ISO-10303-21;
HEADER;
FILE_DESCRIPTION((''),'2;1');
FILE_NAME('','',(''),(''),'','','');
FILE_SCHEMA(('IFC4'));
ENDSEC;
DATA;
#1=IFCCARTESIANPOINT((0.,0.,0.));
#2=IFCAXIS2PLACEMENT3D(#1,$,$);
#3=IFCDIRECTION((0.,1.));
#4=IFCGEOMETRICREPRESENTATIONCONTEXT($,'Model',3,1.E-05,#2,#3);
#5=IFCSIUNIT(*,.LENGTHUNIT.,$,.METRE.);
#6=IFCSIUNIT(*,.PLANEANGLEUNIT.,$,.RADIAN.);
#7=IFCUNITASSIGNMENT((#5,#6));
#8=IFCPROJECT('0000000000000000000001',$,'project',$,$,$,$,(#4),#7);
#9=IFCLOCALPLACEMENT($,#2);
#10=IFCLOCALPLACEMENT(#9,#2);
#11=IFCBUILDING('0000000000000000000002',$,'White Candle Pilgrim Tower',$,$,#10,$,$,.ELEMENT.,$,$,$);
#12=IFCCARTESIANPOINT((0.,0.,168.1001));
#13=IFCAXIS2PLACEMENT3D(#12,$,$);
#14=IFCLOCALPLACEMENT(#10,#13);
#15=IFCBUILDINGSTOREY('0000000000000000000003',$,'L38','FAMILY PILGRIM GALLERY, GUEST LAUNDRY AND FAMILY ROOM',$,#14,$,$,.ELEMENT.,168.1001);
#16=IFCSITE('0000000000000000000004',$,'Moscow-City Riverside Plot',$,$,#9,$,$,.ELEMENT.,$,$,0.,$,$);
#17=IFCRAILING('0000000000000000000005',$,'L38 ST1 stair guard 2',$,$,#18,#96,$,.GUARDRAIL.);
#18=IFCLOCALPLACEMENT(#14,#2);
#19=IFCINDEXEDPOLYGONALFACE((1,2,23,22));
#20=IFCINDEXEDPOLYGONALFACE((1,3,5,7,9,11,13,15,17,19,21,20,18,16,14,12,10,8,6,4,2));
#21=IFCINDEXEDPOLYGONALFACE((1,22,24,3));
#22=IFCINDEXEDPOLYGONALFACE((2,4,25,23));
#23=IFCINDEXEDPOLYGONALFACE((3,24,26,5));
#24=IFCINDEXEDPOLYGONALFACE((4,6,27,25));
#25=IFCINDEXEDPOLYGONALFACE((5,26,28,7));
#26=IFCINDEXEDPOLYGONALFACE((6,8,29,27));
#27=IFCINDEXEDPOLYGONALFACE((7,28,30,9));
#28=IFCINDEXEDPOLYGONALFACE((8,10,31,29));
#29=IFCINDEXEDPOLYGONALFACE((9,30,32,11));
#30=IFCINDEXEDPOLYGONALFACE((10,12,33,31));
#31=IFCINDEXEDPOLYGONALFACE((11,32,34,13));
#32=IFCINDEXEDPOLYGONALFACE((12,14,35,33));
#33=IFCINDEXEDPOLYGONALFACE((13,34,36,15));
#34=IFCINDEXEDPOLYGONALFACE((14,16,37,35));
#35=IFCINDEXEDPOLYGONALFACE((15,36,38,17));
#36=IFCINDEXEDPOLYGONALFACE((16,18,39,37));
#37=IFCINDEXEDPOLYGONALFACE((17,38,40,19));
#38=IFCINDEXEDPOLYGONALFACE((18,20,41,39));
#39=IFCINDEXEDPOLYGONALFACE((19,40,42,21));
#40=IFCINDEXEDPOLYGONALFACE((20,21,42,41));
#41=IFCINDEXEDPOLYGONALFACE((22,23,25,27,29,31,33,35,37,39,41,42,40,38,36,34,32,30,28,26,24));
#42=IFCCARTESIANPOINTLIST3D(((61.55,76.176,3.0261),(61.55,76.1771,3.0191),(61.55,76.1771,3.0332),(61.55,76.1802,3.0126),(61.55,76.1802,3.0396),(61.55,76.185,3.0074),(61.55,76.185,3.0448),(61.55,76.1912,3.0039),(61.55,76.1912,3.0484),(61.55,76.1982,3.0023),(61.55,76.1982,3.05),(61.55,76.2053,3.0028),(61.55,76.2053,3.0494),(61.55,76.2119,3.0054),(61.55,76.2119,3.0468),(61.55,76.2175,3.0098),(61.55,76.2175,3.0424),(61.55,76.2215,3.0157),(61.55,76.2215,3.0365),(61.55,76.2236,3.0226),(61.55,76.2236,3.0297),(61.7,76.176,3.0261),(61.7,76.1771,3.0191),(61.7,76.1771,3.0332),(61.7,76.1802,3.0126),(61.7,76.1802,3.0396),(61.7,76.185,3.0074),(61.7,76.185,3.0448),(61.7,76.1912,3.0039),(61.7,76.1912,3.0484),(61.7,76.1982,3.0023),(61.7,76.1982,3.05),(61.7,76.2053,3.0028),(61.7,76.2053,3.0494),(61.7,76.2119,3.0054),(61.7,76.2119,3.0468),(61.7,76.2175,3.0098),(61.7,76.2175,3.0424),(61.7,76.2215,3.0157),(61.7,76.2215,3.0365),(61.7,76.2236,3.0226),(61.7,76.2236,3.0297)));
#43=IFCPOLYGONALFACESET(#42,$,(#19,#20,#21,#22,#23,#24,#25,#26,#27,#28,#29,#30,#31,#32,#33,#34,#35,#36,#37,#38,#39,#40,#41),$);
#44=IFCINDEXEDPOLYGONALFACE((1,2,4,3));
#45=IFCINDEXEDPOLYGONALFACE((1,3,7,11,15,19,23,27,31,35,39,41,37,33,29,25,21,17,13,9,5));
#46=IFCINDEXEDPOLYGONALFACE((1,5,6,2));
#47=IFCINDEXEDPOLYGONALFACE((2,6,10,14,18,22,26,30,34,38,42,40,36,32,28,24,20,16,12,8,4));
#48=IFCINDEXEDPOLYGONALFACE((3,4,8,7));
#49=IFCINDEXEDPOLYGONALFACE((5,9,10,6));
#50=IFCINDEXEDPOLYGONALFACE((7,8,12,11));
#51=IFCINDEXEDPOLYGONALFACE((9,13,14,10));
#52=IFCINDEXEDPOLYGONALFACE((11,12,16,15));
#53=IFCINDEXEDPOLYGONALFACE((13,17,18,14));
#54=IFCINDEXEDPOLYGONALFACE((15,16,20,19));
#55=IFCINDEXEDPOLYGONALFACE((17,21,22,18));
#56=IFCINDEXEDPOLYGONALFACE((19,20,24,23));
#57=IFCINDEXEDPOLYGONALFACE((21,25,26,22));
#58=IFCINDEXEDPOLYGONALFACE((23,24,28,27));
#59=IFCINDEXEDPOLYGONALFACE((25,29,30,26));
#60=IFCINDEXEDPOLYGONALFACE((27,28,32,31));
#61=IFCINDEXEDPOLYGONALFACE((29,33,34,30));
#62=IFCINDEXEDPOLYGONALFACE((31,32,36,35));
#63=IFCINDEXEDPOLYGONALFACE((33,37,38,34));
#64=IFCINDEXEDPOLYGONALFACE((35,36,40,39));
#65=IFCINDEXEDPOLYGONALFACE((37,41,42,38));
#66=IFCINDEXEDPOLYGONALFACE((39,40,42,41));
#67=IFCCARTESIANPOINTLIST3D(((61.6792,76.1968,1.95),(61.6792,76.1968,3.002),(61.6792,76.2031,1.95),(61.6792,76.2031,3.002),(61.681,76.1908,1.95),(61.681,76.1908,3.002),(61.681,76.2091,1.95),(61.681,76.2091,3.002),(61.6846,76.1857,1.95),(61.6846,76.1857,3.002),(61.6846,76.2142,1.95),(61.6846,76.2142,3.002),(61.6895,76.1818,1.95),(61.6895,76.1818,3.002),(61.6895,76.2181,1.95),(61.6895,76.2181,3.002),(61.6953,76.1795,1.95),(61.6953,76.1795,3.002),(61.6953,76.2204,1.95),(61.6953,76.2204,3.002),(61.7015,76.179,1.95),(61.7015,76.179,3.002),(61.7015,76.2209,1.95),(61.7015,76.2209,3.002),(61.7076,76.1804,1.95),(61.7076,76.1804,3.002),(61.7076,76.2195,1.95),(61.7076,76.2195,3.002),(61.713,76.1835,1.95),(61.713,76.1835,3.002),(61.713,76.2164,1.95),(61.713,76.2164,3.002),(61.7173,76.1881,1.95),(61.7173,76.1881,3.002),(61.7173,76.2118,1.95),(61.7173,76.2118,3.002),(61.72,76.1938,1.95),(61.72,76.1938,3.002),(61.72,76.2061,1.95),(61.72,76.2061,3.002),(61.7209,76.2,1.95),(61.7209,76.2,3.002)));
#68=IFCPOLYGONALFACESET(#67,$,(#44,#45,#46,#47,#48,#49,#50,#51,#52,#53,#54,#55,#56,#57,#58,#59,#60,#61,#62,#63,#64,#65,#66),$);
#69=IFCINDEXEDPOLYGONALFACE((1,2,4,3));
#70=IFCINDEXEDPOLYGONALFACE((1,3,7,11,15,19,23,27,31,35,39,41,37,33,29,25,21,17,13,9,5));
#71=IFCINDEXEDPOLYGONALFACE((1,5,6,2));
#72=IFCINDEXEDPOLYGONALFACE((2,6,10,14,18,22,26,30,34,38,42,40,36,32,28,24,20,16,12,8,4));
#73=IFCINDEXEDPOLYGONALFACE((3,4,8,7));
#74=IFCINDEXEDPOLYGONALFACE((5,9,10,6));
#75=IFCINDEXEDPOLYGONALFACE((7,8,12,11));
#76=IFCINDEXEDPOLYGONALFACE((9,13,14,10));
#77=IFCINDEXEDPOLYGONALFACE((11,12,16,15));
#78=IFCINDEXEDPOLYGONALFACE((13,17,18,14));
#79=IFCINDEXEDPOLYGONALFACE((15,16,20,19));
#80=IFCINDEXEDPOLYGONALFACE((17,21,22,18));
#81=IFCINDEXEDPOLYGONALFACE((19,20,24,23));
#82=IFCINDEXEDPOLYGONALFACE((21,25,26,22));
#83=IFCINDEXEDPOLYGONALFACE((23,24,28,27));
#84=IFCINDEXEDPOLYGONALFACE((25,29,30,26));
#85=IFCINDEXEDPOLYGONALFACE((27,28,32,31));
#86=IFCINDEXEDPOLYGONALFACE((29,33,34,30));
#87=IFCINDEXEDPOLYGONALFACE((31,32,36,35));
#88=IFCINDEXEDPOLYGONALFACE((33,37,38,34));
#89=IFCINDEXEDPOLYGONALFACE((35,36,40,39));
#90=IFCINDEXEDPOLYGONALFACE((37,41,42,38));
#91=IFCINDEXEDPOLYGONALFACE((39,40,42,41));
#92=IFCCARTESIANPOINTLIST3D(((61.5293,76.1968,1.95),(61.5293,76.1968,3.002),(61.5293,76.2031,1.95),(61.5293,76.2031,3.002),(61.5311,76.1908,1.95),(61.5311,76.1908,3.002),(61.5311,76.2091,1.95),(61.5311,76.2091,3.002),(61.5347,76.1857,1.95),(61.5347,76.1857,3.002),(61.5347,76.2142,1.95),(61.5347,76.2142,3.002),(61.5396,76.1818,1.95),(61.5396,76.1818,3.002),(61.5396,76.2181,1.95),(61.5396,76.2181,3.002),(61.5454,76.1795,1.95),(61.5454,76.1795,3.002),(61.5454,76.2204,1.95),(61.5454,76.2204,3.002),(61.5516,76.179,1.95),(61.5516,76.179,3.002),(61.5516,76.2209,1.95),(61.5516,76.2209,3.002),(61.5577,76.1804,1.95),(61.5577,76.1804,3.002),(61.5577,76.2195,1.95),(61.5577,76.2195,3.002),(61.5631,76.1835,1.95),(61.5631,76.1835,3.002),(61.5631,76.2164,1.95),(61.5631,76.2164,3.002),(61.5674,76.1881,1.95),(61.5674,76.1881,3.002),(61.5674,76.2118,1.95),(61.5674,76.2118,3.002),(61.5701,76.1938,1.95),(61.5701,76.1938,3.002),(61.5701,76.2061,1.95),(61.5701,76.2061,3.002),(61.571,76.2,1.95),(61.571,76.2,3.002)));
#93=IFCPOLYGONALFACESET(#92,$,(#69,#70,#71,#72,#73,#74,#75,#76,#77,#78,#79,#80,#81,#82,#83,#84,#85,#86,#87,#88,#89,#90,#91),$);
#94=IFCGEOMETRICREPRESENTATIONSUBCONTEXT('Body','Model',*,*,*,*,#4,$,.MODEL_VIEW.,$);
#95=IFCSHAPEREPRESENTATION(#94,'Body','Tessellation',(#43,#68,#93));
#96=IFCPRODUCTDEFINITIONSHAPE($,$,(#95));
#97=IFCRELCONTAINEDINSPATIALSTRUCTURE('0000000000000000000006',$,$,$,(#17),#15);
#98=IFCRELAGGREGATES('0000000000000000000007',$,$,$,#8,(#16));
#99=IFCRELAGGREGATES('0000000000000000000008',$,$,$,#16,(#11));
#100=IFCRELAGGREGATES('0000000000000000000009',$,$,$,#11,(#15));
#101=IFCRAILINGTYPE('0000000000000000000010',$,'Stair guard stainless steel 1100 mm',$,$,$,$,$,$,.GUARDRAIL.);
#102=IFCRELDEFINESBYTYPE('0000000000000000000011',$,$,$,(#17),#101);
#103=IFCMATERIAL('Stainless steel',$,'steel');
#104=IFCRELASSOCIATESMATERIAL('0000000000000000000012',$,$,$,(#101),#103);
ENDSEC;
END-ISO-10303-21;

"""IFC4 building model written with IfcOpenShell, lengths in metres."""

from ifc_helpers import new_model, si_unit, direction, frame, origin, origin_2d, place, context, subcontext, project, spatial, circle, extrude, material, type_object, element, save


model = new_model("IFC4")

# Units and contexts
model_context = context("Model", 3, precision=1e-05, world=origin(), true_north=direction((0.0, 1.0)))
body_context = subcontext(model_context, "Body", "Model", "MODEL_VIEW")
ifc_project = project(units=[si_unit("LENGTHUNIT", "METRE"), si_unit("PLANEANGLEUNIT", "RADIAN")], contexts=[model_context])

# Site, building, storey
site_placement = place(None, origin())
site = spatial("IfcSite", under=ifc_project, at=site_placement, Name="Moscow-City Riverside Plot", CompositionType="ELEMENT", RefElevation=0.0)
building_placement = place(site_placement, origin())
building = spatial("IfcBuilding", under=site, at=building_placement, Name="White Candle Pilgrim Tower", CompositionType="ELEMENT")
storey_placement = place(building_placement, frame((0.0, 0.0, 168.1001)))
storey = spatial("IfcBuildingStorey", under=building, at=storey_placement, Name="L38", Description="FAMILY PILGRIM GALLERY, GUEST LAUNDRY AND FAMILY ROOM", CompositionType="ELEMENT", Elevation=168.1001)

# Shared definitions
ifc_material_1 = material(Name="Stainless steel", Category="steel")

# Railing
railing_type_1 = type_object("IfcRailingType", Name="Stair guard stainless steel 1100 mm", PredefinedType="GUARDRAIL", material=ifc_material_1)
railing_1_placement = place(storey_placement, frame((61.7, 76.2, 1.95)))
element("IfcRailing", 1, at=railing_1_placement, inside=storey, type_object=railing_type_1, Name="L38 ST1 stair guard 2", PredefinedType="GUARDRAIL", context=body_context, shape_type="SweptSolid", body=[
    extrude(circle(Radius=0.0239, at=origin_2d()), frame((0.0, 0.0, 1.0762), z_axis=(-1.0, 0.0, 0.0), x_axis=(0.0, -1.0, 0.0)), (0.0, 0.0, 1.0), 0.1499),
    extrude(circle(Radius=0.021, at=origin_2d()), origin(), (0.0, 0.0, 1.0), 1.052),
    extrude(circle(Radius=0.021, at=origin_2d()), frame((-0.1499, 0.0, 0.0)), (0.0, 0.0, 1.0), 1.052),
])

save(model, "model.ifc")
